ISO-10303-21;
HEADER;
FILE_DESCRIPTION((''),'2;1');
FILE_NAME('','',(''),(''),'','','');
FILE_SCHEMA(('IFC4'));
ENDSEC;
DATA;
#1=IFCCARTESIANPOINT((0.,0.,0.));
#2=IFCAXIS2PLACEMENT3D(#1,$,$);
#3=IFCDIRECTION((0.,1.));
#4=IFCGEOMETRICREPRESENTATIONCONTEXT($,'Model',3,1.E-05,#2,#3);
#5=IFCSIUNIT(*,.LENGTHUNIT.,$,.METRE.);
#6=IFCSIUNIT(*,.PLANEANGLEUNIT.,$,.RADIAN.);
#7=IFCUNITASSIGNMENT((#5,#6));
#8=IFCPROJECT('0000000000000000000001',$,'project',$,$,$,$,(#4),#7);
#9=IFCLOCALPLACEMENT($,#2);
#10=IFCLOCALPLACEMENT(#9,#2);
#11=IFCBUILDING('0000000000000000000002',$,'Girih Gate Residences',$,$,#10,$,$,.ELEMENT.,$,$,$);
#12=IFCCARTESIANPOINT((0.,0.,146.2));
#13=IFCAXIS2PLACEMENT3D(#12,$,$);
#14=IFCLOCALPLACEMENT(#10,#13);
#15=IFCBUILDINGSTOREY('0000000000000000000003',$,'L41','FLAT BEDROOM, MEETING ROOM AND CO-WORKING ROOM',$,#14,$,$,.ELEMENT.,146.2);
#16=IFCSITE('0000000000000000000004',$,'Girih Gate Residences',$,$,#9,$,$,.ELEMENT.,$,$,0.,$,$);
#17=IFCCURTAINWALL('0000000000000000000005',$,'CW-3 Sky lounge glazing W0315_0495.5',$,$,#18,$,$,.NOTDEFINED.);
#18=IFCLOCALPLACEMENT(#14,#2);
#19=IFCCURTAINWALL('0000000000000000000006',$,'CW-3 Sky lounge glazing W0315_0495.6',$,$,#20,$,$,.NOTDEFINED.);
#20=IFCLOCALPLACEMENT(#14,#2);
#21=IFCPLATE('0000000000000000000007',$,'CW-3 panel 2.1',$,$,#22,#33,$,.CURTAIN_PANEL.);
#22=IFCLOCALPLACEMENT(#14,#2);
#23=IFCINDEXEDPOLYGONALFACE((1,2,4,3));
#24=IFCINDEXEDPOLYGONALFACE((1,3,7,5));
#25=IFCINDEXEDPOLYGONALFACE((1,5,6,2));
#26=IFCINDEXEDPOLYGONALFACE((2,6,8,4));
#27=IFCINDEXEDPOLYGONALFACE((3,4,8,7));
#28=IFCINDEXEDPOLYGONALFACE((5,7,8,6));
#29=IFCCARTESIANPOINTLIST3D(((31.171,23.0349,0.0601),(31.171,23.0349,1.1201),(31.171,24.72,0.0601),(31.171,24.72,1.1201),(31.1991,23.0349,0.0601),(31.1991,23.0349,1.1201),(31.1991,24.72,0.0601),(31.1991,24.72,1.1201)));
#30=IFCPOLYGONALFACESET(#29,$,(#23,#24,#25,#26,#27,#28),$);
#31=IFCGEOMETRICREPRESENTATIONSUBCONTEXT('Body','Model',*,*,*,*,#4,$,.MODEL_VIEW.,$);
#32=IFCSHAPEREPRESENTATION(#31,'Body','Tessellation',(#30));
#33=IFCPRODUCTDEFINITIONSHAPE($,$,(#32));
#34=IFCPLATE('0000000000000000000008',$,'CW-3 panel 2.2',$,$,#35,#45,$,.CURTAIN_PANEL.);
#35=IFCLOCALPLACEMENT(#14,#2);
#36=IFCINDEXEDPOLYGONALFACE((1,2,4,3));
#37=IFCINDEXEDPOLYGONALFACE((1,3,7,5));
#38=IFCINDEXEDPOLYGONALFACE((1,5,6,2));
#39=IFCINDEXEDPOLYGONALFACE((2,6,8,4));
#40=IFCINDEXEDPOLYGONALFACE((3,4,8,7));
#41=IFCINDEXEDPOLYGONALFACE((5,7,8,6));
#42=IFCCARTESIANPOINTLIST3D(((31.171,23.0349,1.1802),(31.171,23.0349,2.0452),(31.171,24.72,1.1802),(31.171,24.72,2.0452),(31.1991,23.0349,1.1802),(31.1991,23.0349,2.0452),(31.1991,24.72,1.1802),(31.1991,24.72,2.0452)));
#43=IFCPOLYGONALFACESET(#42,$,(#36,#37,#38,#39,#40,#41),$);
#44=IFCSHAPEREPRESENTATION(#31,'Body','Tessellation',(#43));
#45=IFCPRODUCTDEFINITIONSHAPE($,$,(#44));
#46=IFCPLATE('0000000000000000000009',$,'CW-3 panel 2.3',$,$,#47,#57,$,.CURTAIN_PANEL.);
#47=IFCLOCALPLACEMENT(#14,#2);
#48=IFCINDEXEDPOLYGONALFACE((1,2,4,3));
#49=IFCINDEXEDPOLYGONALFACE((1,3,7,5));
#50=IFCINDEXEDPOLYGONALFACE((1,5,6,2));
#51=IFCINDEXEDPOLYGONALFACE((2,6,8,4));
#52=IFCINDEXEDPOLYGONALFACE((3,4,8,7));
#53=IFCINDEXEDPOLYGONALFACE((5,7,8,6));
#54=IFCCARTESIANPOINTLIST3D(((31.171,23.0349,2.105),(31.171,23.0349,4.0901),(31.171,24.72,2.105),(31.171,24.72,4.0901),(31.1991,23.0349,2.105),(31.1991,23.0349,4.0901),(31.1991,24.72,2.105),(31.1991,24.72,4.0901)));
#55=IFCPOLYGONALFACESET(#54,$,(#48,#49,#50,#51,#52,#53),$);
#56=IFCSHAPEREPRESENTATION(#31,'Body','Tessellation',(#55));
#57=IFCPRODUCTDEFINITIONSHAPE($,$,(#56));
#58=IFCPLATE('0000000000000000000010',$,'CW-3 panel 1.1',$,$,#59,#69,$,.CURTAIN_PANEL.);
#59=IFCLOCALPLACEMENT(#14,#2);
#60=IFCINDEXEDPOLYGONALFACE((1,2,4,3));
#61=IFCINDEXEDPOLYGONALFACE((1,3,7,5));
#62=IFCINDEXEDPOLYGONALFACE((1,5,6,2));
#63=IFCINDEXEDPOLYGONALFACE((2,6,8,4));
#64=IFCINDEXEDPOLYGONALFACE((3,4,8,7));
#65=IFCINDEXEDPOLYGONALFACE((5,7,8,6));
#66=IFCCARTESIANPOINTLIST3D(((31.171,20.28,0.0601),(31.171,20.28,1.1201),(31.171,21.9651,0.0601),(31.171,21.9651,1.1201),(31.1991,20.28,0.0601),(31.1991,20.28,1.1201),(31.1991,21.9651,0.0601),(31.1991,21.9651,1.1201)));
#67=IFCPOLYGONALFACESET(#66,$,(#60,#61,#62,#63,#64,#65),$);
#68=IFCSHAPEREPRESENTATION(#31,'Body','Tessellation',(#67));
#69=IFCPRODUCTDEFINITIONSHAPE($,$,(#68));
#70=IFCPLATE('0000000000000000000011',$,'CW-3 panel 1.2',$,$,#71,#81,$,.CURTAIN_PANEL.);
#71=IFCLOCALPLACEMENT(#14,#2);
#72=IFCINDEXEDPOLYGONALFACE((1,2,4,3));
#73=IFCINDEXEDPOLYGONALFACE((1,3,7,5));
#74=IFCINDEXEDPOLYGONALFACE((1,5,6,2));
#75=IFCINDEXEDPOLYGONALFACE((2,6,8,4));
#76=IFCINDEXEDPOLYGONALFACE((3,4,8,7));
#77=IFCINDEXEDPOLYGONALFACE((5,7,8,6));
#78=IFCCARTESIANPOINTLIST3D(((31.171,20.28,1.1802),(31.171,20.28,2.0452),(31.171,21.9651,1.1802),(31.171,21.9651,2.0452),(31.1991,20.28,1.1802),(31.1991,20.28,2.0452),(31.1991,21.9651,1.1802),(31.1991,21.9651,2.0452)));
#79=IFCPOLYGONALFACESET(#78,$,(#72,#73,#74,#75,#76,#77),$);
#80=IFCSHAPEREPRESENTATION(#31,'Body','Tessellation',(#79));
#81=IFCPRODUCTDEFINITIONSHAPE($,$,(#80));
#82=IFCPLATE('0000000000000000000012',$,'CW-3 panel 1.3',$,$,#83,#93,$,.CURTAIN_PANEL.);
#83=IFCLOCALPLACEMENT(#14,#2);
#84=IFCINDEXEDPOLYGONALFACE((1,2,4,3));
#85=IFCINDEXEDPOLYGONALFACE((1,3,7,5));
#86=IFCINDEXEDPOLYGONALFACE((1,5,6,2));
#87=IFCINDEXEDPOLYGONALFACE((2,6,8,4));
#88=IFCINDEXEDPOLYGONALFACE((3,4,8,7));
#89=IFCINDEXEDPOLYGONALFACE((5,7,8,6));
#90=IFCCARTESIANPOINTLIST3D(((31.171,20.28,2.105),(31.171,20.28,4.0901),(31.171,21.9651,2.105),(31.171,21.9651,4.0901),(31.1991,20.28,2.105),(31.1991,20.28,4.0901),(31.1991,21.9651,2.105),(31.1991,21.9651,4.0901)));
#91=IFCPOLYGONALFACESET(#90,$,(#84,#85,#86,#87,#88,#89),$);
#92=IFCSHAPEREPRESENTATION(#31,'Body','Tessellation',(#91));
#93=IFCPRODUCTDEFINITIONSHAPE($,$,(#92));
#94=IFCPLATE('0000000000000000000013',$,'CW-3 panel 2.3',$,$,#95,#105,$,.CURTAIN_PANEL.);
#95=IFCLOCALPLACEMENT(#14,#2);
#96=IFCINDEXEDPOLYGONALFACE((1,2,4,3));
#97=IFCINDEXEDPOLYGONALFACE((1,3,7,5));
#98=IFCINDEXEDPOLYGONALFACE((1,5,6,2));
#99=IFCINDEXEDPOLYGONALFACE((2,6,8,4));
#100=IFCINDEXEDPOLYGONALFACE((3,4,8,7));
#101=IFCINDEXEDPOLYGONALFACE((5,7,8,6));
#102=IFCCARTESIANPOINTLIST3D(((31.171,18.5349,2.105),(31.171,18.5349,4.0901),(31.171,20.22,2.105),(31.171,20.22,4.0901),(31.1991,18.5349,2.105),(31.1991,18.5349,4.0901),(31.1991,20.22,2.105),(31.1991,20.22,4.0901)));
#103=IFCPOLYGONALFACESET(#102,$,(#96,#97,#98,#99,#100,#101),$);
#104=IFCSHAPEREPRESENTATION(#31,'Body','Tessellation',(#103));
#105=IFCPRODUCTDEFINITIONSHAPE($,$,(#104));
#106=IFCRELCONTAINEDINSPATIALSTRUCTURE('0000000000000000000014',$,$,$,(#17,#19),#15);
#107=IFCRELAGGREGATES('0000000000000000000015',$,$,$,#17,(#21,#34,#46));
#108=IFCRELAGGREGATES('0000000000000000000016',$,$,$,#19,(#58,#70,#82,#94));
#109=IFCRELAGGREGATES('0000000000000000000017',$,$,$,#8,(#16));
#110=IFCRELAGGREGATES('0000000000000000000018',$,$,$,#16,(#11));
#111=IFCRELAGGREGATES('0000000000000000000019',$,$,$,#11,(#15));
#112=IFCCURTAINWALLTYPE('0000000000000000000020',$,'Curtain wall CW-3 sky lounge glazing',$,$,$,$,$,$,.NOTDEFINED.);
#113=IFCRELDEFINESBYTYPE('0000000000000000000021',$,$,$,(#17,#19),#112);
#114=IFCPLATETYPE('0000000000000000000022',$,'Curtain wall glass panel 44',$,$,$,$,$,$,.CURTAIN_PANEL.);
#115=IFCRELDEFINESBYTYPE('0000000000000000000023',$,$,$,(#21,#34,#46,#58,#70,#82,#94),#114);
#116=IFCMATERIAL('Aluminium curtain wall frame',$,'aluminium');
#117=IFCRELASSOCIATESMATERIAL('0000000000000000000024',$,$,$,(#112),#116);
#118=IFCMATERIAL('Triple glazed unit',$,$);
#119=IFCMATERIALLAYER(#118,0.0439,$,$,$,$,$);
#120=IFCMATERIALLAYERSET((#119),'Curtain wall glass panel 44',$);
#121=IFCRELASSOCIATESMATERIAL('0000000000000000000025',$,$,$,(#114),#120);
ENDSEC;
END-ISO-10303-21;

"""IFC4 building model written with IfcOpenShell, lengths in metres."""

from ifc_helpers import new_model, si_unit, direction, frame, origin, origin_2d, place, context, subcontext, project, spatial, rectangle, extrude, material, layer, layer_set, type_object, element, aggregate, save


model = new_model("IFC4")

# Units and contexts
model_context = context("Model", 3, precision=1e-05, world=origin(), true_north=direction((0.0, 1.0)))
body_context = subcontext(model_context, "Body", "Model", "MODEL_VIEW")
ifc_project = project(units=[si_unit("LENGTHUNIT", "METRE"), si_unit("PLANEANGLEUNIT", "RADIAN")], contexts=[model_context])

# Site, building, storey
site_placement = place(None, origin())
site = spatial("IfcSite", under=ifc_project, at=site_placement, Name="Girih Gate Residences", CompositionType="ELEMENT", RefElevation=0.0)
building_placement = place(site_placement, origin())
building = spatial("IfcBuilding", under=site, at=building_placement, Name="Girih Gate Residences", CompositionType="ELEMENT")
storey_placement = place(building_placement, frame((0.0, 0.0, 146.2)))
storey = spatial("IfcBuildingStorey", under=building, at=storey_placement, Name="L41", Description="FLAT BEDROOM, MEETING ROOM AND CO-WORKING ROOM", CompositionType="ELEMENT", Elevation=146.2)

# Curtain wall
ifc_material_1 = material(Name="Aluminium curtain wall frame", Category="aluminium")
curtain_wall_type = type_object("IfcCurtainWallType", Name="Curtain wall CW-3 sky lounge glazing", PredefinedType="NOTDEFINED", material=ifc_material_1)
curtain_wall_1_placement = place(storey_placement, origin())
curtain_wall_1 = element("IfcCurtainWall", 1, at=curtain_wall_1_placement, inside=storey, type_object=curtain_wall_type, Name="CW-3 Sky lounge glazing W0315_0495.5", PredefinedType="NOTDEFINED")

# Curtain wall
curtain_wall_2_placement = place(storey_placement, origin())
curtain_wall_2 = element("IfcCurtainWall", 2, at=curtain_wall_2_placement, inside=storey, type_object=curtain_wall_type, Name="CW-3 Sky lounge glazing W0315_0495.6", PredefinedType="NOTDEFINED")

# Plates
ifc_material_2 = material(Name="Triple glazed unit")
ifc_layer = layer(ifc_material_2, 0.0439)
ifc_layer_set = layer_set([ifc_layer], Name="Curtain wall glass panel 44")
plate_type = type_object("IfcPlateType", Name="Curtain wall glass panel 44", PredefinedType="CURTAIN_PANEL", material=ifc_layer_set)
plate_1_placement = place(storey_placement, frame((31.1851, 23.8774, 0.0601), z_axis=(0.0, 0.0, 1.0), x_axis=(0.0, -1.0, 0.0)))
plate_1 = element("IfcPlate", 3, at=plate_1_placement, type_object=plate_type, Name="CW-3 panel 2.1", PredefinedType="CURTAIN_PANEL", context=body_context, shape_type="SweptSolid", body=[
    extrude(rectangle(XDim=1.6851, YDim=0.0281, at=origin_2d()), origin(), (0.0, 0.0, 1.0), 1.0601),
])
plate_2_placement = place(storey_placement, frame((31.1851, 23.8774, 1.1802), z_axis=(0.0, 0.0, 1.0), x_axis=(0.0, -1.0, 0.0)))
plate_2 = element("IfcPlate", 4, at=plate_2_placement, type_object=plate_type, Name="CW-3 panel 2.2", PredefinedType="CURTAIN_PANEL", context=body_context, shape_type="SweptSolid", body=[
    extrude(rectangle(XDim=1.6851, YDim=0.0281, at=origin_2d()), origin(), (0.0, 0.0, 1.0), 0.865),
])
plate_3_placement = place(storey_placement, frame((31.1851, 23.8774, 2.105), z_axis=(0.0, 0.0, 1.0), x_axis=(0.0, -1.0, 0.0)))
plate_3 = element("IfcPlate", 5, at=plate_3_placement, type_object=plate_type, Name="CW-3 panel 2.3", PredefinedType="CURTAIN_PANEL", context=body_context, shape_type="SweptSolid", body=[
    extrude(rectangle(XDim=1.6851, YDim=0.0281, at=origin_2d()), origin(), (0.0, 0.0, 1.0), 1.9851),
])
aggregate(curtain_wall_1, [plate_1, plate_2, plate_3])
plate_4_placement = place(storey_placement, frame((31.1851, 21.1226, 0.0601), z_axis=(0.0, 0.0, 1.0), x_axis=(0.0, -1.0, 0.0)))
plate_4 = element("IfcPlate", 6, at=plate_4_placement, type_object=plate_type, Name="CW-3 panel 1.1", PredefinedType="CURTAIN_PANEL", context=body_context, shape_type="SweptSolid", body=[
    extrude(rectangle(XDim=1.6851, YDim=0.0281, at=origin_2d()), origin(), (0.0, 0.0, 1.0), 1.0601),
])
plate_5_placement = place(storey_placement, frame((31.1851, 21.1226, 1.1802), z_axis=(0.0, 0.0, 1.0), x_axis=(0.0, -1.0, 0.0)))
plate_5 = element("IfcPlate", 7, at=plate_5_placement, type_object=plate_type, Name="CW-3 panel 1.2", PredefinedType="CURTAIN_PANEL", context=body_context, shape_type="SweptSolid", body=[
    extrude(rectangle(XDim=1.6851, YDim=0.0281, at=origin_2d()), origin(), (0.0, 0.0, 1.0), 0.865),
])
plate_6_placement = place(storey_placement, frame((31.1851, 21.1226, 2.105), z_axis=(0.0, 0.0, 1.0), x_axis=(0.0, -1.0, 0.0)))
plate_6 = element("IfcPlate", 8, at=plate_6_placement, type_object=plate_type, Name="CW-3 panel 1.3", PredefinedType="CURTAIN_PANEL", context=body_context, shape_type="SweptSolid", body=[
    extrude(rectangle(XDim=1.6851, YDim=0.0281, at=origin_2d()), origin(), (0.0, 0.0, 1.0), 1.9851),
])
plate_7_placement = place(storey_placement, frame((31.1851, 19.3774, 2.105), z_axis=(0.0, 0.0, 1.0), x_axis=(0.0, -1.0, 0.0)))
plate_7 = element("IfcPlate", 9, at=plate_7_placement, type_object=plate_type, Name="CW-3 panel 2.3", PredefinedType="CURTAIN_PANEL", context=body_context, shape_type="SweptSolid", body=[
    extrude(rectangle(XDim=1.6851, YDim=0.0281, at=origin_2d()), origin(), (0.0, 0.0, 1.0), 1.9851),
])
aggregate(curtain_wall_2, [plate_4, plate_5, plate_6, plate_7])

save(model, "model.ifc")
